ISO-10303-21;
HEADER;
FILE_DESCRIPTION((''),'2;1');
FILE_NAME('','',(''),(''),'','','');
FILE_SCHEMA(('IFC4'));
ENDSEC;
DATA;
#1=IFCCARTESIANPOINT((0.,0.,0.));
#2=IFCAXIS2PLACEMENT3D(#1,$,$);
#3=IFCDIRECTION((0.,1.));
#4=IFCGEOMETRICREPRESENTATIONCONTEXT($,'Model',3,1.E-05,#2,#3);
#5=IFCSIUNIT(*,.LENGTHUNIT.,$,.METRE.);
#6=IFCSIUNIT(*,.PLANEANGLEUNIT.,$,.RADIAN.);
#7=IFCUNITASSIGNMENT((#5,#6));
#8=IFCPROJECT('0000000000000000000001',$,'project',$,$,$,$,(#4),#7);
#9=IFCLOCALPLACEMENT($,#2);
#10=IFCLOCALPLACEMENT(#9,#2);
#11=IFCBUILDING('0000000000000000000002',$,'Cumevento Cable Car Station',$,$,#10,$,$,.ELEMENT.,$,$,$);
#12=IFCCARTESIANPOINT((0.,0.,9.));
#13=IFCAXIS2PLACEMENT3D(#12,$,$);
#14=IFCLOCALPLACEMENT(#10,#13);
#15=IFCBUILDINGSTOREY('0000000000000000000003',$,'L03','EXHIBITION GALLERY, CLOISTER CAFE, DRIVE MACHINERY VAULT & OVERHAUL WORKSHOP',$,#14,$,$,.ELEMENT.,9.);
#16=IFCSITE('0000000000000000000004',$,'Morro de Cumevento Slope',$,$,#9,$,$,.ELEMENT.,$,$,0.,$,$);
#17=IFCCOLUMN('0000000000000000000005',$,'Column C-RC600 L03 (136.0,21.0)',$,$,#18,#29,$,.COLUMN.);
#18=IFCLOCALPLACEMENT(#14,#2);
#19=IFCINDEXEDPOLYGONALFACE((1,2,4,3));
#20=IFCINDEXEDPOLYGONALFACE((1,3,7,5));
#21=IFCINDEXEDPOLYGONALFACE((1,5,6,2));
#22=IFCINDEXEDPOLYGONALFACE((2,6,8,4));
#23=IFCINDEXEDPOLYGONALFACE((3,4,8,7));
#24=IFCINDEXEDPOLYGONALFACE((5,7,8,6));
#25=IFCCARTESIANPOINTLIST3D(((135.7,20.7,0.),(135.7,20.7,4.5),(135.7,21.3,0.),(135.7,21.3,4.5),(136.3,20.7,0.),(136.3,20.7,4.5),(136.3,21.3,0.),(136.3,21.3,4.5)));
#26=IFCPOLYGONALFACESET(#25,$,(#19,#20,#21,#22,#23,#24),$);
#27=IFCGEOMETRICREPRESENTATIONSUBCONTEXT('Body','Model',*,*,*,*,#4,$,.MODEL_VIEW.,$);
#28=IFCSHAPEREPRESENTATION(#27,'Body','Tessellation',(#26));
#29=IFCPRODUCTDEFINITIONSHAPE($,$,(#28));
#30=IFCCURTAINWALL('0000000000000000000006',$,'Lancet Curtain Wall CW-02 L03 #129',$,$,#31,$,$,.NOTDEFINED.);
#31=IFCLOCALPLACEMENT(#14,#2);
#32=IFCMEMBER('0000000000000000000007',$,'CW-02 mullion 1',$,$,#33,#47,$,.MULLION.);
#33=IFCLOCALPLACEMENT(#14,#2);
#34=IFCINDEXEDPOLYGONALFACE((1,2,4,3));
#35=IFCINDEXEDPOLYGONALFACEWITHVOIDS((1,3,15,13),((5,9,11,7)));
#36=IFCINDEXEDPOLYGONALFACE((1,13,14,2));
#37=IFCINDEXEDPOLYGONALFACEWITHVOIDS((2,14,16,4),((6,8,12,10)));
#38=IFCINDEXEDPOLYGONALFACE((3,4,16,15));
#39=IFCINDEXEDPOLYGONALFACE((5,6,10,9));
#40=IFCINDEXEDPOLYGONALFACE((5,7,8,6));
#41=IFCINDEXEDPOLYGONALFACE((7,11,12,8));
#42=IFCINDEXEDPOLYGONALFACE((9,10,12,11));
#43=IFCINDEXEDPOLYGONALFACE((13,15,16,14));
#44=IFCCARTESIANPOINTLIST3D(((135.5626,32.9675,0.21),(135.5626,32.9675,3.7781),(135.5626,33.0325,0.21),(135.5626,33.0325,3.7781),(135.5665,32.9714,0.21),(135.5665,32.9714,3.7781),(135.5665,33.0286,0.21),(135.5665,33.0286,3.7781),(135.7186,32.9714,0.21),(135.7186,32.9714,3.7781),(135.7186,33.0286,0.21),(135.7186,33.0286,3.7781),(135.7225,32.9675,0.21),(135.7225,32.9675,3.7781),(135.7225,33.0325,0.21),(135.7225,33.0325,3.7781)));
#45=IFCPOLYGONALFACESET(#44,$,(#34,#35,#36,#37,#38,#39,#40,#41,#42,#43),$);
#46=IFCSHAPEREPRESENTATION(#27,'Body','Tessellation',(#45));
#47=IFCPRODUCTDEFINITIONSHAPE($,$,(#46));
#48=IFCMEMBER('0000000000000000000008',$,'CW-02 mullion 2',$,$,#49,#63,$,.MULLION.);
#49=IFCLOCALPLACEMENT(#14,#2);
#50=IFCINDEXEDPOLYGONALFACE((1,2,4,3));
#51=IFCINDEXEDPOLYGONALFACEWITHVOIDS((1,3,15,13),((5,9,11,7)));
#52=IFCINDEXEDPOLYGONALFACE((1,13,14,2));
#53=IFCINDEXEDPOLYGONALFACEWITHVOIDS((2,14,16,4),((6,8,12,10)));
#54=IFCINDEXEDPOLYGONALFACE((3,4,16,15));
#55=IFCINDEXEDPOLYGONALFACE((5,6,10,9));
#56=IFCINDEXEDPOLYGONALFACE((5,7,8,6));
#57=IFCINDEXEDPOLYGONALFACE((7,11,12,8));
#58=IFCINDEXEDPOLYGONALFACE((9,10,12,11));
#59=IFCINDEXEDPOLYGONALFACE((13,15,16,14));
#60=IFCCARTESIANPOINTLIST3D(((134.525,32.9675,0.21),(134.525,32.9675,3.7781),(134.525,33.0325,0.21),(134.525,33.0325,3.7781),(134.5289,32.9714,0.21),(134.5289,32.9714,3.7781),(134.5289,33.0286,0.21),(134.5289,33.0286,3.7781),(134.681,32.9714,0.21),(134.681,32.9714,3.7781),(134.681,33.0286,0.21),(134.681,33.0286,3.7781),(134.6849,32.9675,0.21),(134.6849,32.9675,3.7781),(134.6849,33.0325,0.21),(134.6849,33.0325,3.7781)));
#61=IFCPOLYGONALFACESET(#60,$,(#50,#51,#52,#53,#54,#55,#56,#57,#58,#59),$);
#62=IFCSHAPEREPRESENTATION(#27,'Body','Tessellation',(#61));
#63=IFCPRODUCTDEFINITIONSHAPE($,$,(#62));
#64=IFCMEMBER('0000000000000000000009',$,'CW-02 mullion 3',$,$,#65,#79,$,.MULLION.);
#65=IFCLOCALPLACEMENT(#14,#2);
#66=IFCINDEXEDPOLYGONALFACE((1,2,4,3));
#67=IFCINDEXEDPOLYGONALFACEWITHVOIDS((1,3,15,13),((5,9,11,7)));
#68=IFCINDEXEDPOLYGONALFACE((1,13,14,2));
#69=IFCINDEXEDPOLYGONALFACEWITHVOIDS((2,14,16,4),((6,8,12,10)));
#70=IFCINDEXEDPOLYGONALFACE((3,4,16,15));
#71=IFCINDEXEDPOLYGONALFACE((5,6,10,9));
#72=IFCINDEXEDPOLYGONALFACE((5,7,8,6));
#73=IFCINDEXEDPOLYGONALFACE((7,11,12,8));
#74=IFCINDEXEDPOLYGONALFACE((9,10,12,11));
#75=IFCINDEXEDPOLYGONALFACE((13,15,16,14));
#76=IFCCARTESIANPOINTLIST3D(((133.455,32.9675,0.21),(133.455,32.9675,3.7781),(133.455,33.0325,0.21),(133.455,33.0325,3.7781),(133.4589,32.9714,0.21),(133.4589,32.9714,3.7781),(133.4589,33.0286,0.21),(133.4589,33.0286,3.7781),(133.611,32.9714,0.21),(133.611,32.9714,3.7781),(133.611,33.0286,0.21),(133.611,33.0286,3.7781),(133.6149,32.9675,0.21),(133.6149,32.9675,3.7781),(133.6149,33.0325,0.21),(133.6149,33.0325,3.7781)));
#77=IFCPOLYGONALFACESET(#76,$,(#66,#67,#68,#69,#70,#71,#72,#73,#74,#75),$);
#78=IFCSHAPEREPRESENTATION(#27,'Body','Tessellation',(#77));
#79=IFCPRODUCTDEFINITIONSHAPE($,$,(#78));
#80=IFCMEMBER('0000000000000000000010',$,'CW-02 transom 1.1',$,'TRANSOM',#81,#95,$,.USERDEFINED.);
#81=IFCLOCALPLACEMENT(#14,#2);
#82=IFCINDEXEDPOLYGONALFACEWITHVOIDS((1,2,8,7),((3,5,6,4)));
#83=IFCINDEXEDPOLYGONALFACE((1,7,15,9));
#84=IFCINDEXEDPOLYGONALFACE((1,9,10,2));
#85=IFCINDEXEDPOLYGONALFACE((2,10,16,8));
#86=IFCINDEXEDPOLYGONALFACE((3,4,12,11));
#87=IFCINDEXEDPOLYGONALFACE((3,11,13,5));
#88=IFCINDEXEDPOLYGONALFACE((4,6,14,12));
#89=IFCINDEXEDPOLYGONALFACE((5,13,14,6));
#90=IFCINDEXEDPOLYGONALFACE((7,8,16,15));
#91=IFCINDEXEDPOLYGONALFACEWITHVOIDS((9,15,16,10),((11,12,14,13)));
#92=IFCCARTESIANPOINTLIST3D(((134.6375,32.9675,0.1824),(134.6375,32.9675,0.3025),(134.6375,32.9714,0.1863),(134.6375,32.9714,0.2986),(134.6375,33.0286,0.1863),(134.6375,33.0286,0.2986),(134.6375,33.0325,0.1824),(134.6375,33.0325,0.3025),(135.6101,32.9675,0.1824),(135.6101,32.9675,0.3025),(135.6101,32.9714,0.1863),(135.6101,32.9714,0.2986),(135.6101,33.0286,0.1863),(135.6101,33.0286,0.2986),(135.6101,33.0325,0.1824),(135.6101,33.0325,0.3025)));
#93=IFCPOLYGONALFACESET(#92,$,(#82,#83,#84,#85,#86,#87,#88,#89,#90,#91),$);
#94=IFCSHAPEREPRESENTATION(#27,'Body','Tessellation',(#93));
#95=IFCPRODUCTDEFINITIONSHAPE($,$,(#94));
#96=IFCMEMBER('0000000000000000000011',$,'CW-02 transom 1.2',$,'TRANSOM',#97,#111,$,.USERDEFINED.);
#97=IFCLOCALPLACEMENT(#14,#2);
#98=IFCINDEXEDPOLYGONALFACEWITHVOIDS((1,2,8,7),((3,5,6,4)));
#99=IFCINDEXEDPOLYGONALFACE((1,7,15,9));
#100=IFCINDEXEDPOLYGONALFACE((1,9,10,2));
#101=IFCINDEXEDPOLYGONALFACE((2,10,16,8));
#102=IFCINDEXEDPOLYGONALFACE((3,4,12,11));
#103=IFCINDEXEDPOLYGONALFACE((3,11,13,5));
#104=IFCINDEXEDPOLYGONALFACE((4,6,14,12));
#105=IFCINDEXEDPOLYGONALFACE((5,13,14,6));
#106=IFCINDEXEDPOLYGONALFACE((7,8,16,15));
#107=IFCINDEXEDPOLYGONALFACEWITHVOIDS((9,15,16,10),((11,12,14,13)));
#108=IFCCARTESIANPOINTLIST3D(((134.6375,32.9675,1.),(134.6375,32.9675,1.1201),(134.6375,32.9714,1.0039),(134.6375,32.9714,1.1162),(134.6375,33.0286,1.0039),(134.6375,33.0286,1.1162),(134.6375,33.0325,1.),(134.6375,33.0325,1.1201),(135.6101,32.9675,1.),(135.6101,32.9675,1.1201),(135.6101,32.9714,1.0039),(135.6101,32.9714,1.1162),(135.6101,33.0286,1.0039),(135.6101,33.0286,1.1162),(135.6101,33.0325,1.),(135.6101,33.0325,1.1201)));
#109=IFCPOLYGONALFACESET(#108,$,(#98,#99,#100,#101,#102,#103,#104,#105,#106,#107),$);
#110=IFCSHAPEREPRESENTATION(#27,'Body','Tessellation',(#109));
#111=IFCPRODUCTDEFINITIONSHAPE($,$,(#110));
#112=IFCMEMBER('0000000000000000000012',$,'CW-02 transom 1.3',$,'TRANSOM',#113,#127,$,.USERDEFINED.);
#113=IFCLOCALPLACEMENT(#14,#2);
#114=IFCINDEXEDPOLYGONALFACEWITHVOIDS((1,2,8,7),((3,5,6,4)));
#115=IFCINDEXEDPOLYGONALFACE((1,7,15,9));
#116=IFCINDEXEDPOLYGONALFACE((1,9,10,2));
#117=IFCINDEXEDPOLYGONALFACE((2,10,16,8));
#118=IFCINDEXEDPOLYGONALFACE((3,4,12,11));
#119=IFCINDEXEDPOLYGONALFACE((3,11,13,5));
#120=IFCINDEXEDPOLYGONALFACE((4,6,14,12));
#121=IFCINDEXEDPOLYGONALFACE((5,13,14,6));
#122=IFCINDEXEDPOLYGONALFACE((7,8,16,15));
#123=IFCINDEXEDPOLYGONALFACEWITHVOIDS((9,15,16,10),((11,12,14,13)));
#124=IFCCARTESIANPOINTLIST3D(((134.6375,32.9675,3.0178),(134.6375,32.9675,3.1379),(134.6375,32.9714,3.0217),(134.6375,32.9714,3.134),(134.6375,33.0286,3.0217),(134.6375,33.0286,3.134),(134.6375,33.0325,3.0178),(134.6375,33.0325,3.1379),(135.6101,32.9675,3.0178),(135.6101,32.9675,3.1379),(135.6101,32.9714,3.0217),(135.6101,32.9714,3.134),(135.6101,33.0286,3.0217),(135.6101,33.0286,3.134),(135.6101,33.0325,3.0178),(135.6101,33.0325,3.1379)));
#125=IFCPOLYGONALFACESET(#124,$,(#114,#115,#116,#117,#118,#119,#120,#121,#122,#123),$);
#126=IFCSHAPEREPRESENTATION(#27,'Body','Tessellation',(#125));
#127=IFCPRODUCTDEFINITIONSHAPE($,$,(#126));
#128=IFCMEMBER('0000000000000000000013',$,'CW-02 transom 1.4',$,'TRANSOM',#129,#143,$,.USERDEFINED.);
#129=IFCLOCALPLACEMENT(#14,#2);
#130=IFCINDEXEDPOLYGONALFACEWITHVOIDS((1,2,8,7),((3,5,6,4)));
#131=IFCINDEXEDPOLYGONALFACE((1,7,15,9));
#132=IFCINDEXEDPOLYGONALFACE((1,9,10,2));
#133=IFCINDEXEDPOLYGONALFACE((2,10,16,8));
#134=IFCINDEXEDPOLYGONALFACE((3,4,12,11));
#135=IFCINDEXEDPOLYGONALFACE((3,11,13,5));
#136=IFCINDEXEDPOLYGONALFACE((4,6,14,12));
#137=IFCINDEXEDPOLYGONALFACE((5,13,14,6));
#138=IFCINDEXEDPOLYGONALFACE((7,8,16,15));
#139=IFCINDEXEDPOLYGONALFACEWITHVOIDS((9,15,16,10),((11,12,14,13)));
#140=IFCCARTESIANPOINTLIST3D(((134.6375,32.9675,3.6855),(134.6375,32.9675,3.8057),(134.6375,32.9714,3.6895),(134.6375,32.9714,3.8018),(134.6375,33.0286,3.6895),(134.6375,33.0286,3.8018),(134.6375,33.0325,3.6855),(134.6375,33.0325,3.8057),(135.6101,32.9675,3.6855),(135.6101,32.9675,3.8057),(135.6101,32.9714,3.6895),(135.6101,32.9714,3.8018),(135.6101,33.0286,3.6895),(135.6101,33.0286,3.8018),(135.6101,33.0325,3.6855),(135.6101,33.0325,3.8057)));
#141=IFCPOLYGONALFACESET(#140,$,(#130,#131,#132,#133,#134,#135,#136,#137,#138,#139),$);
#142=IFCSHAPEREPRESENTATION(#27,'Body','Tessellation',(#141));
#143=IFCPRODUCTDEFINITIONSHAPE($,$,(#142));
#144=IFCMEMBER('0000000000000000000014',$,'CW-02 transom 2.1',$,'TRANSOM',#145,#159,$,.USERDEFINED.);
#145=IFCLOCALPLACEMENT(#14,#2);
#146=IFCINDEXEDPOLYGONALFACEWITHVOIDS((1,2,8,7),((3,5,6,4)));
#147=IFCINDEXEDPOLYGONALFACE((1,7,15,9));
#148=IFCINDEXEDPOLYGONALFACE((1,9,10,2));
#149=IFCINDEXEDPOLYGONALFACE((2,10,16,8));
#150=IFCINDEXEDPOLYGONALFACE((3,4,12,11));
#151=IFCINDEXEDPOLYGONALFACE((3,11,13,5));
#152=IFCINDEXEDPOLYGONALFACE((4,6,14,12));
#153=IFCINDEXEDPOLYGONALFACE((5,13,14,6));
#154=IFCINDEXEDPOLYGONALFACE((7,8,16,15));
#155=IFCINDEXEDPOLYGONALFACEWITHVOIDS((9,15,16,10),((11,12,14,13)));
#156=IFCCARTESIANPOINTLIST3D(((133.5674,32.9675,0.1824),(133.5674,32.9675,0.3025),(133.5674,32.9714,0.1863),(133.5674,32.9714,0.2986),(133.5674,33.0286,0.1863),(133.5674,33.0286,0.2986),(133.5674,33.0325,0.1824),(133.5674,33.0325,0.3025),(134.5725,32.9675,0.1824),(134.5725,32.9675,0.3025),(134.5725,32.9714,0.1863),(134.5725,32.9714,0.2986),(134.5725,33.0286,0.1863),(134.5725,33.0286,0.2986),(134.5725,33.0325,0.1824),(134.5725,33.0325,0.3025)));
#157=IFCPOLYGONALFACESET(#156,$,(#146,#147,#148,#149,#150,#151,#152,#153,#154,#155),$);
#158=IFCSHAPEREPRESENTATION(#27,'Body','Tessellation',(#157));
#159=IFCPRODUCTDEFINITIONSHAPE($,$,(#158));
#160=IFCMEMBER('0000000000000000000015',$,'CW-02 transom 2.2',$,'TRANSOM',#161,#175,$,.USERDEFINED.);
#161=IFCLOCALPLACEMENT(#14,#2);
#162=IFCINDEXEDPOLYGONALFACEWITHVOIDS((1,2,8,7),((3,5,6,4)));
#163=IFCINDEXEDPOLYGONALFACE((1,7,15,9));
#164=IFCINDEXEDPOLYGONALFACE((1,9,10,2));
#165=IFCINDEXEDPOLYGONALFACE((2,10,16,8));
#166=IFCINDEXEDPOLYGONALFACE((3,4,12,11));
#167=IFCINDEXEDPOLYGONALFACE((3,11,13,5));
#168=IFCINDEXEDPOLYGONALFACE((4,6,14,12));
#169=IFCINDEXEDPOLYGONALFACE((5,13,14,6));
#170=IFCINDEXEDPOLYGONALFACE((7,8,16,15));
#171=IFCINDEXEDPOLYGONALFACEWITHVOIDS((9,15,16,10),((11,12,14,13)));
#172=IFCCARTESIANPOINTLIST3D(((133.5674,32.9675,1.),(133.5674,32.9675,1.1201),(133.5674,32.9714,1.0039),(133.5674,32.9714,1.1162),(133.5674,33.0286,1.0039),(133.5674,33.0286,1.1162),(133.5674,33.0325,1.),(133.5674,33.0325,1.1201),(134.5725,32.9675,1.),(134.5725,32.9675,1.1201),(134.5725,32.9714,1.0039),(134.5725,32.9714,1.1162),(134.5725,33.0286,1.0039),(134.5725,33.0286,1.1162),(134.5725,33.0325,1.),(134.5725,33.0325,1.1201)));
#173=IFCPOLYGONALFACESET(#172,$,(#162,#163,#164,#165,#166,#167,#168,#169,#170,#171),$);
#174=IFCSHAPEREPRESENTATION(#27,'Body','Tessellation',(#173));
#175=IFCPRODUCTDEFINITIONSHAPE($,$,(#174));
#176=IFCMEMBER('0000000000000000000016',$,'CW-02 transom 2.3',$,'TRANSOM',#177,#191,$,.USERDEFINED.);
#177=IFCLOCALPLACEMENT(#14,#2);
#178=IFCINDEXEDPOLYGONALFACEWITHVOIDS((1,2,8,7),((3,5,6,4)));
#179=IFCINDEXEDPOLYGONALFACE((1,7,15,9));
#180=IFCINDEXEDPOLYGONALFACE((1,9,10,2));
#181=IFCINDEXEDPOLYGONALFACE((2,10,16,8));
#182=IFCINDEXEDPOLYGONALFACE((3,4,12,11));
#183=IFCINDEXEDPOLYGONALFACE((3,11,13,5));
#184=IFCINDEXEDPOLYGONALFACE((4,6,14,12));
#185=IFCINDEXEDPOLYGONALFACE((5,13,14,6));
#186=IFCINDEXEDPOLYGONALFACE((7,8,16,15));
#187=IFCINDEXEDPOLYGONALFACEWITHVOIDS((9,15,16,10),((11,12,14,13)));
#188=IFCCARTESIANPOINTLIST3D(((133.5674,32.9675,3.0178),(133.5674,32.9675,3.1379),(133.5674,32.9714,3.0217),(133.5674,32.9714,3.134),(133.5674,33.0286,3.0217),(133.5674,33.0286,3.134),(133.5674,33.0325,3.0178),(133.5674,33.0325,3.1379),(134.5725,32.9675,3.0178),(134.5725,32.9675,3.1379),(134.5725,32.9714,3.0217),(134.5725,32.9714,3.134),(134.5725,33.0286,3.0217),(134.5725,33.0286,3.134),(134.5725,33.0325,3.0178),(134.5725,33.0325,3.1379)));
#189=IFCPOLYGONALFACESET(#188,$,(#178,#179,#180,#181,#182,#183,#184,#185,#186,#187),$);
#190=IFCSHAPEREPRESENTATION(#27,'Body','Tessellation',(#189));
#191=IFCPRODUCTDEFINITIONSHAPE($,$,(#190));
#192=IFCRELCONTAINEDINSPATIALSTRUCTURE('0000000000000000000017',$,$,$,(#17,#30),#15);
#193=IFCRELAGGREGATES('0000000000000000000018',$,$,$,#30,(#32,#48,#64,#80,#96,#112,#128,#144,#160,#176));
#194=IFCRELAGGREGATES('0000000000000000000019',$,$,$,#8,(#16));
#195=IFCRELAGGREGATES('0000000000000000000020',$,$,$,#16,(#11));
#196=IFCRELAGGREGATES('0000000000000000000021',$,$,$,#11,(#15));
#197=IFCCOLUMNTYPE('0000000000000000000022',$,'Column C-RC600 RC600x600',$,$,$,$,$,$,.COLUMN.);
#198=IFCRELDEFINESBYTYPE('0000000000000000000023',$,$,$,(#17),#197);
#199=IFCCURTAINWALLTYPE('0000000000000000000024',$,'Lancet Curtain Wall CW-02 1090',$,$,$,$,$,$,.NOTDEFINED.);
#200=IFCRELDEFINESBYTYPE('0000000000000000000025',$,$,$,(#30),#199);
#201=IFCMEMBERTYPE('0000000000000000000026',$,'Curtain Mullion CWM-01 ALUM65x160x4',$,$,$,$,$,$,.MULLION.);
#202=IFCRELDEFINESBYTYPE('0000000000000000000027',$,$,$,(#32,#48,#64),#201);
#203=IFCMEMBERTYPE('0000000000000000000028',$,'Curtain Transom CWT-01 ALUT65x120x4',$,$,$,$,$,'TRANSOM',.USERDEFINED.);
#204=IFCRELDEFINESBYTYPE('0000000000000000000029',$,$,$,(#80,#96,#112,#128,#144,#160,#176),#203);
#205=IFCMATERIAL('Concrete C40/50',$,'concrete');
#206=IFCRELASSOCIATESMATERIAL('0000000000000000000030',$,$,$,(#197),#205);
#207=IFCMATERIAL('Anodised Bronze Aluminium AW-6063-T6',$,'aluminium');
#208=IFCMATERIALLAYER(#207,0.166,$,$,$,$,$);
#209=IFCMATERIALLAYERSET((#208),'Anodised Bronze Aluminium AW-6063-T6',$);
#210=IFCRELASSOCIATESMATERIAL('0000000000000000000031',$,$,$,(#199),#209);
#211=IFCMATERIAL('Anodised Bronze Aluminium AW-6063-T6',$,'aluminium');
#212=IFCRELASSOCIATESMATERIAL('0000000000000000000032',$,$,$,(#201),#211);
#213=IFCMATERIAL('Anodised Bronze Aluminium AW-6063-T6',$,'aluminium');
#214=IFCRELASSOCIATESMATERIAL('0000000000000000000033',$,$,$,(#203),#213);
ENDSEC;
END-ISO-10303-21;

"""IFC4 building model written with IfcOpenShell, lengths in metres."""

from ifc_helpers import new_model, si_unit, direction, frame, origin, origin_2d, place, context, subcontext, project, spatial, rectangle, hollow_rectangle, extrude, material, layer, layer_set, material_profile, profile_set, type_object, element, aggregate, save


model = new_model("IFC4")

# Units and contexts
model_context = context("Model", 3, precision=1e-05, world=origin(), true_north=direction((0.0, 1.0)))
body_context = subcontext(model_context, "Body", "Model", "MODEL_VIEW")
ifc_project = project(units=[si_unit("LENGTHUNIT", "METRE"), si_unit("PLANEANGLEUNIT", "RADIAN")], contexts=[model_context])

# Site, building, storey
site_placement = place(None, origin())
site = spatial("IfcSite", under=ifc_project, at=site_placement, Name="Morro de Cumevento Slope", CompositionType="ELEMENT", RefElevation=0.0)
building_placement = place(site_placement, origin())
building = spatial("IfcBuilding", under=site, at=building_placement, Name="Cumevento Cable Car Station", CompositionType="ELEMENT")
storey_placement = place(building_placement, frame((0.0, 0.0, 9.0)))
storey = spatial("IfcBuildingStorey", under=building, at=storey_placement, Name="L03", Description="EXHIBITION GALLERY, CLOISTER CAFE, DRIVE MACHINERY VAULT & OVERHAUL WORKSHOP", CompositionType="ELEMENT", Elevation=9.0)

# Column
ifc_material_1 = material(Name="Concrete C40/50", Category="concrete")
ifc_material_profile_1 = material_profile(ifc_material_1, rectangle(XDim=0.6001, YDim=0.6001, at=origin_2d()), Name="RC600x600")
ifc_profile_set_1 = profile_set([ifc_material_profile_1], Name="Concrete C40/50")
column_type = type_object("IfcColumnType", Name="Column C-RC600 RC600x600", PredefinedType="COLUMN", material=ifc_profile_set_1)
column_placement = place(storey_placement, frame((136.0, 21.0, 0.0), z_axis=(0.0, 0.0, 1.0), x_axis=(1.0, 0.0, 0.0)))
element("IfcColumn", 1, at=column_placement, inside=storey, type_object=column_type, Name="Column C-RC600 L03 (136.0,21.0)", PredefinedType="COLUMN", context=body_context, shape_type="SweptSolid", body=[
    extrude(rectangle(XDim=0.6001, YDim=0.6001, at=origin_2d()), origin(), (0.0, 0.0, 1.0), 4.5),
])

# Curtain wall, members
ifc_material_2 = material(Name="Anodised Bronze Aluminium AW-6063-T6", Category="aluminium")
ifc_layer_1 = layer(ifc_material_2, 0.166)
ifc_layer_set_1 = layer_set([ifc_layer_1], Name="Anodised Bronze Aluminium AW-6063-T6")
curtain_wall_type = type_object("IfcCurtainWallType", Name="Lancet Curtain Wall CW-02 1090", PredefinedType="NOTDEFINED", material=ifc_layer_set_1)
curtain_wall_placement = place(storey_placement, origin())
curtain_wall = element("IfcCurtainWall", 2, at=curtain_wall_placement, inside=storey, type_object=curtain_wall_type, Name="Lancet Curtain Wall CW-02 L03 #129", PredefinedType="NOTDEFINED")
ifc_material_3 = material(Name="Anodised Bronze Aluminium AW-6063-T6", Category="aluminium")
ifc_material_profile_2 = material_profile(ifc_material_3, hollow_rectangle(XDim=0.0649, YDim=0.1599, WallThickness=0.0039, at=origin_2d()), Name="ALUM65x160x4")
ifc_profile_set_2 = profile_set([ifc_material_profile_2], Name="Anodised Bronze Aluminium AW-6063-T6")
member_type_1 = type_object("IfcMemberType", Name="Curtain Mullion CWM-01 ALUM65x160x4", PredefinedType="MULLION", material=ifc_profile_set_2)
member_1_placement = place(storey_placement, frame((135.6426, 33.0, 0.21), z_axis=(0.0, 0.0, 1.0), x_axis=(0.0, -1.0, 0.0)))
member_1 = element("IfcMember", 3, at=member_1_placement, type_object=member_type_1, Name="CW-02 mullion 1", PredefinedType="MULLION", context=body_context, shape_type="SweptSolid", body=[
    extrude(hollow_rectangle(XDim=0.0649, YDim=0.1599, WallThickness=0.0039, at=origin_2d()), origin(), (0.0, 0.0, 1.0), 3.5681),
])
member_2_placement = place(storey_placement, frame((134.605, 33.0, 0.21), z_axis=(0.0, 0.0, 1.0), x_axis=(0.0, -1.0, 0.0)))
member_2 = element("IfcMember", 4, at=member_2_placement, type_object=member_type_1, Name="CW-02 mullion 2", PredefinedType="MULLION", context=body_context, shape_type="SweptSolid", body=[
    extrude(hollow_rectangle(XDim=0.0649, YDim=0.1599, WallThickness=0.0039, at=origin_2d()), origin(), (0.0, 0.0, 1.0), 3.5681),
])
member_3_placement = place(storey_placement, frame((133.5349, 33.0, 0.21), z_axis=(0.0, 0.0, 1.0), x_axis=(0.0, -1.0, 0.0)))
member_3 = element("IfcMember", 5, at=member_3_placement, type_object=member_type_1, Name="CW-02 mullion 3", PredefinedType="MULLION", context=body_context, shape_type="SweptSolid", body=[
    extrude(hollow_rectangle(XDim=0.0649, YDim=0.1599, WallThickness=0.0039, at=origin_2d()), origin(), (0.0, 0.0, 1.0), 3.5681),
])
ifc_material_4 = material(Name="Anodised Bronze Aluminium AW-6063-T6", Category="aluminium")
ifc_material_profile_3 = material_profile(ifc_material_4, hollow_rectangle(XDim=0.0649, YDim=0.1201, WallThickness=0.0039, at=origin_2d()), Name="ALUT65x120x4")
ifc_profile_set_3 = profile_set([ifc_material_profile_3], Name="Anodised Bronze Aluminium AW-6063-T6")
member_type_2 = type_object("IfcMemberType", Name="Curtain Transom CWT-01 ALUT65x120x4", ElementType="TRANSOM", PredefinedType="USERDEFINED", material=ifc_profile_set_3)
member_4_placement = place(storey_placement, frame((135.6101, 33.0, 0.2424), z_axis=(-1.0, 0.0, 0.0), x_axis=(0.0, -1.0, 0.0)))
member_4 = element("IfcMember", 6, at=member_4_placement, type_object=member_type_2, Name="CW-02 transom 1.1", ObjectType="TRANSOM", PredefinedType="USERDEFINED", context=body_context, shape_type="SweptSolid", body=[
    extrude(hollow_rectangle(XDim=0.0649, YDim=0.1201, WallThickness=0.0039, at=origin_2d()), origin(), (0.0, 0.0, 1.0), 0.9727),
])
member_5_placement = place(storey_placement, frame((135.6101, 33.0, 1.0601), z_axis=(-1.0, 0.0, 0.0), x_axis=(0.0, -1.0, 0.0)))
member_5 = element("IfcMember", 7, at=member_5_placement, type_object=member_type_2, Name="CW-02 transom 1.2", ObjectType="TRANSOM", PredefinedType="USERDEFINED", context=body_context, shape_type="SweptSolid", body=[
    extrude(hollow_rectangle(XDim=0.0649, YDim=0.1201, WallThickness=0.0039, at=origin_2d()), origin(), (0.0, 0.0, 1.0), 0.9727),
])
member_6_placement = place(storey_placement, frame((135.6101, 33.0, 3.0779), z_axis=(-1.0, 0.0, 0.0), x_axis=(0.0, -1.0, 0.0)))
member_6 = element("IfcMember", 8, at=member_6_placement, type_object=member_type_2, Name="CW-02 transom 1.3", ObjectType="TRANSOM", PredefinedType="USERDEFINED", context=body_context, shape_type="SweptSolid", body=[
    extrude(hollow_rectangle(XDim=0.0649, YDim=0.1201, WallThickness=0.0039, at=origin_2d()), origin(), (0.0, 0.0, 1.0), 0.9727),
])
member_7_placement = place(storey_placement, frame((135.6101, 33.0, 3.7456), z_axis=(-1.0, 0.0, 0.0), x_axis=(0.0, -1.0, 0.0)))
member_7 = element("IfcMember", 9, at=member_7_placement, type_object=member_type_2, Name="CW-02 transom 1.4", ObjectType="TRANSOM", PredefinedType="USERDEFINED", context=body_context, shape_type="SweptSolid", body=[
    extrude(hollow_rectangle(XDim=0.0649, YDim=0.1201, WallThickness=0.0039, at=origin_2d()), origin(), (0.0, 0.0, 1.0), 0.9727),
])
member_8_placement = place(storey_placement, frame((134.5725, 33.0, 0.2424), z_axis=(-1.0, 0.0, 0.0), x_axis=(0.0, -1.0, 0.0)))
member_8 = element("IfcMember", 10, at=member_8_placement, type_object=member_type_2, Name="CW-02 transom 2.1", ObjectType="TRANSOM", PredefinedType="USERDEFINED", context=body_context, shape_type="SweptSolid", body=[
    extrude(hollow_rectangle(XDim=0.0649, YDim=0.1201, WallThickness=0.0039, at=origin_2d()), origin(), (0.0, 0.0, 1.0), 1.0051),
])
member_9_placement = place(storey_placement, frame((134.5725, 33.0, 1.0601), z_axis=(-1.0, 0.0, 0.0), x_axis=(0.0, -1.0, 0.0)))
member_9 = element("IfcMember", 11, at=member_9_placement, type_object=member_type_2, Name="CW-02 transom 2.2", ObjectType="TRANSOM", PredefinedType="USERDEFINED", context=body_context, shape_type="SweptSolid", body=[
    extrude(hollow_rectangle(XDim=0.0649, YDim=0.1201, WallThickness=0.0039, at=origin_2d()), origin(), (0.0, 0.0, 1.0), 1.0051),
])
member_10_placement = place(storey_placement, frame((134.5725, 33.0, 3.0779), z_axis=(-1.0, 0.0, 0.0), x_axis=(0.0, -1.0, 0.0)))
member_10 = element("IfcMember", 12, at=member_10_placement, type_object=member_type_2, Name="CW-02 transom 2.3", ObjectType="TRANSOM", PredefinedType="USERDEFINED", context=body_context, shape_type="SweptSolid", body=[
    extrude(hollow_rectangle(XDim=0.0649, YDim=0.1201, WallThickness=0.0039, at=origin_2d()), origin(), (0.0, 0.0, 1.0), 1.0051),
])
aggregate(curtain_wall, [member_1, member_2, member_3, member_4, member_5, member_6, member_7, member_8, member_9, member_10])

save(model, "model.ifc")
